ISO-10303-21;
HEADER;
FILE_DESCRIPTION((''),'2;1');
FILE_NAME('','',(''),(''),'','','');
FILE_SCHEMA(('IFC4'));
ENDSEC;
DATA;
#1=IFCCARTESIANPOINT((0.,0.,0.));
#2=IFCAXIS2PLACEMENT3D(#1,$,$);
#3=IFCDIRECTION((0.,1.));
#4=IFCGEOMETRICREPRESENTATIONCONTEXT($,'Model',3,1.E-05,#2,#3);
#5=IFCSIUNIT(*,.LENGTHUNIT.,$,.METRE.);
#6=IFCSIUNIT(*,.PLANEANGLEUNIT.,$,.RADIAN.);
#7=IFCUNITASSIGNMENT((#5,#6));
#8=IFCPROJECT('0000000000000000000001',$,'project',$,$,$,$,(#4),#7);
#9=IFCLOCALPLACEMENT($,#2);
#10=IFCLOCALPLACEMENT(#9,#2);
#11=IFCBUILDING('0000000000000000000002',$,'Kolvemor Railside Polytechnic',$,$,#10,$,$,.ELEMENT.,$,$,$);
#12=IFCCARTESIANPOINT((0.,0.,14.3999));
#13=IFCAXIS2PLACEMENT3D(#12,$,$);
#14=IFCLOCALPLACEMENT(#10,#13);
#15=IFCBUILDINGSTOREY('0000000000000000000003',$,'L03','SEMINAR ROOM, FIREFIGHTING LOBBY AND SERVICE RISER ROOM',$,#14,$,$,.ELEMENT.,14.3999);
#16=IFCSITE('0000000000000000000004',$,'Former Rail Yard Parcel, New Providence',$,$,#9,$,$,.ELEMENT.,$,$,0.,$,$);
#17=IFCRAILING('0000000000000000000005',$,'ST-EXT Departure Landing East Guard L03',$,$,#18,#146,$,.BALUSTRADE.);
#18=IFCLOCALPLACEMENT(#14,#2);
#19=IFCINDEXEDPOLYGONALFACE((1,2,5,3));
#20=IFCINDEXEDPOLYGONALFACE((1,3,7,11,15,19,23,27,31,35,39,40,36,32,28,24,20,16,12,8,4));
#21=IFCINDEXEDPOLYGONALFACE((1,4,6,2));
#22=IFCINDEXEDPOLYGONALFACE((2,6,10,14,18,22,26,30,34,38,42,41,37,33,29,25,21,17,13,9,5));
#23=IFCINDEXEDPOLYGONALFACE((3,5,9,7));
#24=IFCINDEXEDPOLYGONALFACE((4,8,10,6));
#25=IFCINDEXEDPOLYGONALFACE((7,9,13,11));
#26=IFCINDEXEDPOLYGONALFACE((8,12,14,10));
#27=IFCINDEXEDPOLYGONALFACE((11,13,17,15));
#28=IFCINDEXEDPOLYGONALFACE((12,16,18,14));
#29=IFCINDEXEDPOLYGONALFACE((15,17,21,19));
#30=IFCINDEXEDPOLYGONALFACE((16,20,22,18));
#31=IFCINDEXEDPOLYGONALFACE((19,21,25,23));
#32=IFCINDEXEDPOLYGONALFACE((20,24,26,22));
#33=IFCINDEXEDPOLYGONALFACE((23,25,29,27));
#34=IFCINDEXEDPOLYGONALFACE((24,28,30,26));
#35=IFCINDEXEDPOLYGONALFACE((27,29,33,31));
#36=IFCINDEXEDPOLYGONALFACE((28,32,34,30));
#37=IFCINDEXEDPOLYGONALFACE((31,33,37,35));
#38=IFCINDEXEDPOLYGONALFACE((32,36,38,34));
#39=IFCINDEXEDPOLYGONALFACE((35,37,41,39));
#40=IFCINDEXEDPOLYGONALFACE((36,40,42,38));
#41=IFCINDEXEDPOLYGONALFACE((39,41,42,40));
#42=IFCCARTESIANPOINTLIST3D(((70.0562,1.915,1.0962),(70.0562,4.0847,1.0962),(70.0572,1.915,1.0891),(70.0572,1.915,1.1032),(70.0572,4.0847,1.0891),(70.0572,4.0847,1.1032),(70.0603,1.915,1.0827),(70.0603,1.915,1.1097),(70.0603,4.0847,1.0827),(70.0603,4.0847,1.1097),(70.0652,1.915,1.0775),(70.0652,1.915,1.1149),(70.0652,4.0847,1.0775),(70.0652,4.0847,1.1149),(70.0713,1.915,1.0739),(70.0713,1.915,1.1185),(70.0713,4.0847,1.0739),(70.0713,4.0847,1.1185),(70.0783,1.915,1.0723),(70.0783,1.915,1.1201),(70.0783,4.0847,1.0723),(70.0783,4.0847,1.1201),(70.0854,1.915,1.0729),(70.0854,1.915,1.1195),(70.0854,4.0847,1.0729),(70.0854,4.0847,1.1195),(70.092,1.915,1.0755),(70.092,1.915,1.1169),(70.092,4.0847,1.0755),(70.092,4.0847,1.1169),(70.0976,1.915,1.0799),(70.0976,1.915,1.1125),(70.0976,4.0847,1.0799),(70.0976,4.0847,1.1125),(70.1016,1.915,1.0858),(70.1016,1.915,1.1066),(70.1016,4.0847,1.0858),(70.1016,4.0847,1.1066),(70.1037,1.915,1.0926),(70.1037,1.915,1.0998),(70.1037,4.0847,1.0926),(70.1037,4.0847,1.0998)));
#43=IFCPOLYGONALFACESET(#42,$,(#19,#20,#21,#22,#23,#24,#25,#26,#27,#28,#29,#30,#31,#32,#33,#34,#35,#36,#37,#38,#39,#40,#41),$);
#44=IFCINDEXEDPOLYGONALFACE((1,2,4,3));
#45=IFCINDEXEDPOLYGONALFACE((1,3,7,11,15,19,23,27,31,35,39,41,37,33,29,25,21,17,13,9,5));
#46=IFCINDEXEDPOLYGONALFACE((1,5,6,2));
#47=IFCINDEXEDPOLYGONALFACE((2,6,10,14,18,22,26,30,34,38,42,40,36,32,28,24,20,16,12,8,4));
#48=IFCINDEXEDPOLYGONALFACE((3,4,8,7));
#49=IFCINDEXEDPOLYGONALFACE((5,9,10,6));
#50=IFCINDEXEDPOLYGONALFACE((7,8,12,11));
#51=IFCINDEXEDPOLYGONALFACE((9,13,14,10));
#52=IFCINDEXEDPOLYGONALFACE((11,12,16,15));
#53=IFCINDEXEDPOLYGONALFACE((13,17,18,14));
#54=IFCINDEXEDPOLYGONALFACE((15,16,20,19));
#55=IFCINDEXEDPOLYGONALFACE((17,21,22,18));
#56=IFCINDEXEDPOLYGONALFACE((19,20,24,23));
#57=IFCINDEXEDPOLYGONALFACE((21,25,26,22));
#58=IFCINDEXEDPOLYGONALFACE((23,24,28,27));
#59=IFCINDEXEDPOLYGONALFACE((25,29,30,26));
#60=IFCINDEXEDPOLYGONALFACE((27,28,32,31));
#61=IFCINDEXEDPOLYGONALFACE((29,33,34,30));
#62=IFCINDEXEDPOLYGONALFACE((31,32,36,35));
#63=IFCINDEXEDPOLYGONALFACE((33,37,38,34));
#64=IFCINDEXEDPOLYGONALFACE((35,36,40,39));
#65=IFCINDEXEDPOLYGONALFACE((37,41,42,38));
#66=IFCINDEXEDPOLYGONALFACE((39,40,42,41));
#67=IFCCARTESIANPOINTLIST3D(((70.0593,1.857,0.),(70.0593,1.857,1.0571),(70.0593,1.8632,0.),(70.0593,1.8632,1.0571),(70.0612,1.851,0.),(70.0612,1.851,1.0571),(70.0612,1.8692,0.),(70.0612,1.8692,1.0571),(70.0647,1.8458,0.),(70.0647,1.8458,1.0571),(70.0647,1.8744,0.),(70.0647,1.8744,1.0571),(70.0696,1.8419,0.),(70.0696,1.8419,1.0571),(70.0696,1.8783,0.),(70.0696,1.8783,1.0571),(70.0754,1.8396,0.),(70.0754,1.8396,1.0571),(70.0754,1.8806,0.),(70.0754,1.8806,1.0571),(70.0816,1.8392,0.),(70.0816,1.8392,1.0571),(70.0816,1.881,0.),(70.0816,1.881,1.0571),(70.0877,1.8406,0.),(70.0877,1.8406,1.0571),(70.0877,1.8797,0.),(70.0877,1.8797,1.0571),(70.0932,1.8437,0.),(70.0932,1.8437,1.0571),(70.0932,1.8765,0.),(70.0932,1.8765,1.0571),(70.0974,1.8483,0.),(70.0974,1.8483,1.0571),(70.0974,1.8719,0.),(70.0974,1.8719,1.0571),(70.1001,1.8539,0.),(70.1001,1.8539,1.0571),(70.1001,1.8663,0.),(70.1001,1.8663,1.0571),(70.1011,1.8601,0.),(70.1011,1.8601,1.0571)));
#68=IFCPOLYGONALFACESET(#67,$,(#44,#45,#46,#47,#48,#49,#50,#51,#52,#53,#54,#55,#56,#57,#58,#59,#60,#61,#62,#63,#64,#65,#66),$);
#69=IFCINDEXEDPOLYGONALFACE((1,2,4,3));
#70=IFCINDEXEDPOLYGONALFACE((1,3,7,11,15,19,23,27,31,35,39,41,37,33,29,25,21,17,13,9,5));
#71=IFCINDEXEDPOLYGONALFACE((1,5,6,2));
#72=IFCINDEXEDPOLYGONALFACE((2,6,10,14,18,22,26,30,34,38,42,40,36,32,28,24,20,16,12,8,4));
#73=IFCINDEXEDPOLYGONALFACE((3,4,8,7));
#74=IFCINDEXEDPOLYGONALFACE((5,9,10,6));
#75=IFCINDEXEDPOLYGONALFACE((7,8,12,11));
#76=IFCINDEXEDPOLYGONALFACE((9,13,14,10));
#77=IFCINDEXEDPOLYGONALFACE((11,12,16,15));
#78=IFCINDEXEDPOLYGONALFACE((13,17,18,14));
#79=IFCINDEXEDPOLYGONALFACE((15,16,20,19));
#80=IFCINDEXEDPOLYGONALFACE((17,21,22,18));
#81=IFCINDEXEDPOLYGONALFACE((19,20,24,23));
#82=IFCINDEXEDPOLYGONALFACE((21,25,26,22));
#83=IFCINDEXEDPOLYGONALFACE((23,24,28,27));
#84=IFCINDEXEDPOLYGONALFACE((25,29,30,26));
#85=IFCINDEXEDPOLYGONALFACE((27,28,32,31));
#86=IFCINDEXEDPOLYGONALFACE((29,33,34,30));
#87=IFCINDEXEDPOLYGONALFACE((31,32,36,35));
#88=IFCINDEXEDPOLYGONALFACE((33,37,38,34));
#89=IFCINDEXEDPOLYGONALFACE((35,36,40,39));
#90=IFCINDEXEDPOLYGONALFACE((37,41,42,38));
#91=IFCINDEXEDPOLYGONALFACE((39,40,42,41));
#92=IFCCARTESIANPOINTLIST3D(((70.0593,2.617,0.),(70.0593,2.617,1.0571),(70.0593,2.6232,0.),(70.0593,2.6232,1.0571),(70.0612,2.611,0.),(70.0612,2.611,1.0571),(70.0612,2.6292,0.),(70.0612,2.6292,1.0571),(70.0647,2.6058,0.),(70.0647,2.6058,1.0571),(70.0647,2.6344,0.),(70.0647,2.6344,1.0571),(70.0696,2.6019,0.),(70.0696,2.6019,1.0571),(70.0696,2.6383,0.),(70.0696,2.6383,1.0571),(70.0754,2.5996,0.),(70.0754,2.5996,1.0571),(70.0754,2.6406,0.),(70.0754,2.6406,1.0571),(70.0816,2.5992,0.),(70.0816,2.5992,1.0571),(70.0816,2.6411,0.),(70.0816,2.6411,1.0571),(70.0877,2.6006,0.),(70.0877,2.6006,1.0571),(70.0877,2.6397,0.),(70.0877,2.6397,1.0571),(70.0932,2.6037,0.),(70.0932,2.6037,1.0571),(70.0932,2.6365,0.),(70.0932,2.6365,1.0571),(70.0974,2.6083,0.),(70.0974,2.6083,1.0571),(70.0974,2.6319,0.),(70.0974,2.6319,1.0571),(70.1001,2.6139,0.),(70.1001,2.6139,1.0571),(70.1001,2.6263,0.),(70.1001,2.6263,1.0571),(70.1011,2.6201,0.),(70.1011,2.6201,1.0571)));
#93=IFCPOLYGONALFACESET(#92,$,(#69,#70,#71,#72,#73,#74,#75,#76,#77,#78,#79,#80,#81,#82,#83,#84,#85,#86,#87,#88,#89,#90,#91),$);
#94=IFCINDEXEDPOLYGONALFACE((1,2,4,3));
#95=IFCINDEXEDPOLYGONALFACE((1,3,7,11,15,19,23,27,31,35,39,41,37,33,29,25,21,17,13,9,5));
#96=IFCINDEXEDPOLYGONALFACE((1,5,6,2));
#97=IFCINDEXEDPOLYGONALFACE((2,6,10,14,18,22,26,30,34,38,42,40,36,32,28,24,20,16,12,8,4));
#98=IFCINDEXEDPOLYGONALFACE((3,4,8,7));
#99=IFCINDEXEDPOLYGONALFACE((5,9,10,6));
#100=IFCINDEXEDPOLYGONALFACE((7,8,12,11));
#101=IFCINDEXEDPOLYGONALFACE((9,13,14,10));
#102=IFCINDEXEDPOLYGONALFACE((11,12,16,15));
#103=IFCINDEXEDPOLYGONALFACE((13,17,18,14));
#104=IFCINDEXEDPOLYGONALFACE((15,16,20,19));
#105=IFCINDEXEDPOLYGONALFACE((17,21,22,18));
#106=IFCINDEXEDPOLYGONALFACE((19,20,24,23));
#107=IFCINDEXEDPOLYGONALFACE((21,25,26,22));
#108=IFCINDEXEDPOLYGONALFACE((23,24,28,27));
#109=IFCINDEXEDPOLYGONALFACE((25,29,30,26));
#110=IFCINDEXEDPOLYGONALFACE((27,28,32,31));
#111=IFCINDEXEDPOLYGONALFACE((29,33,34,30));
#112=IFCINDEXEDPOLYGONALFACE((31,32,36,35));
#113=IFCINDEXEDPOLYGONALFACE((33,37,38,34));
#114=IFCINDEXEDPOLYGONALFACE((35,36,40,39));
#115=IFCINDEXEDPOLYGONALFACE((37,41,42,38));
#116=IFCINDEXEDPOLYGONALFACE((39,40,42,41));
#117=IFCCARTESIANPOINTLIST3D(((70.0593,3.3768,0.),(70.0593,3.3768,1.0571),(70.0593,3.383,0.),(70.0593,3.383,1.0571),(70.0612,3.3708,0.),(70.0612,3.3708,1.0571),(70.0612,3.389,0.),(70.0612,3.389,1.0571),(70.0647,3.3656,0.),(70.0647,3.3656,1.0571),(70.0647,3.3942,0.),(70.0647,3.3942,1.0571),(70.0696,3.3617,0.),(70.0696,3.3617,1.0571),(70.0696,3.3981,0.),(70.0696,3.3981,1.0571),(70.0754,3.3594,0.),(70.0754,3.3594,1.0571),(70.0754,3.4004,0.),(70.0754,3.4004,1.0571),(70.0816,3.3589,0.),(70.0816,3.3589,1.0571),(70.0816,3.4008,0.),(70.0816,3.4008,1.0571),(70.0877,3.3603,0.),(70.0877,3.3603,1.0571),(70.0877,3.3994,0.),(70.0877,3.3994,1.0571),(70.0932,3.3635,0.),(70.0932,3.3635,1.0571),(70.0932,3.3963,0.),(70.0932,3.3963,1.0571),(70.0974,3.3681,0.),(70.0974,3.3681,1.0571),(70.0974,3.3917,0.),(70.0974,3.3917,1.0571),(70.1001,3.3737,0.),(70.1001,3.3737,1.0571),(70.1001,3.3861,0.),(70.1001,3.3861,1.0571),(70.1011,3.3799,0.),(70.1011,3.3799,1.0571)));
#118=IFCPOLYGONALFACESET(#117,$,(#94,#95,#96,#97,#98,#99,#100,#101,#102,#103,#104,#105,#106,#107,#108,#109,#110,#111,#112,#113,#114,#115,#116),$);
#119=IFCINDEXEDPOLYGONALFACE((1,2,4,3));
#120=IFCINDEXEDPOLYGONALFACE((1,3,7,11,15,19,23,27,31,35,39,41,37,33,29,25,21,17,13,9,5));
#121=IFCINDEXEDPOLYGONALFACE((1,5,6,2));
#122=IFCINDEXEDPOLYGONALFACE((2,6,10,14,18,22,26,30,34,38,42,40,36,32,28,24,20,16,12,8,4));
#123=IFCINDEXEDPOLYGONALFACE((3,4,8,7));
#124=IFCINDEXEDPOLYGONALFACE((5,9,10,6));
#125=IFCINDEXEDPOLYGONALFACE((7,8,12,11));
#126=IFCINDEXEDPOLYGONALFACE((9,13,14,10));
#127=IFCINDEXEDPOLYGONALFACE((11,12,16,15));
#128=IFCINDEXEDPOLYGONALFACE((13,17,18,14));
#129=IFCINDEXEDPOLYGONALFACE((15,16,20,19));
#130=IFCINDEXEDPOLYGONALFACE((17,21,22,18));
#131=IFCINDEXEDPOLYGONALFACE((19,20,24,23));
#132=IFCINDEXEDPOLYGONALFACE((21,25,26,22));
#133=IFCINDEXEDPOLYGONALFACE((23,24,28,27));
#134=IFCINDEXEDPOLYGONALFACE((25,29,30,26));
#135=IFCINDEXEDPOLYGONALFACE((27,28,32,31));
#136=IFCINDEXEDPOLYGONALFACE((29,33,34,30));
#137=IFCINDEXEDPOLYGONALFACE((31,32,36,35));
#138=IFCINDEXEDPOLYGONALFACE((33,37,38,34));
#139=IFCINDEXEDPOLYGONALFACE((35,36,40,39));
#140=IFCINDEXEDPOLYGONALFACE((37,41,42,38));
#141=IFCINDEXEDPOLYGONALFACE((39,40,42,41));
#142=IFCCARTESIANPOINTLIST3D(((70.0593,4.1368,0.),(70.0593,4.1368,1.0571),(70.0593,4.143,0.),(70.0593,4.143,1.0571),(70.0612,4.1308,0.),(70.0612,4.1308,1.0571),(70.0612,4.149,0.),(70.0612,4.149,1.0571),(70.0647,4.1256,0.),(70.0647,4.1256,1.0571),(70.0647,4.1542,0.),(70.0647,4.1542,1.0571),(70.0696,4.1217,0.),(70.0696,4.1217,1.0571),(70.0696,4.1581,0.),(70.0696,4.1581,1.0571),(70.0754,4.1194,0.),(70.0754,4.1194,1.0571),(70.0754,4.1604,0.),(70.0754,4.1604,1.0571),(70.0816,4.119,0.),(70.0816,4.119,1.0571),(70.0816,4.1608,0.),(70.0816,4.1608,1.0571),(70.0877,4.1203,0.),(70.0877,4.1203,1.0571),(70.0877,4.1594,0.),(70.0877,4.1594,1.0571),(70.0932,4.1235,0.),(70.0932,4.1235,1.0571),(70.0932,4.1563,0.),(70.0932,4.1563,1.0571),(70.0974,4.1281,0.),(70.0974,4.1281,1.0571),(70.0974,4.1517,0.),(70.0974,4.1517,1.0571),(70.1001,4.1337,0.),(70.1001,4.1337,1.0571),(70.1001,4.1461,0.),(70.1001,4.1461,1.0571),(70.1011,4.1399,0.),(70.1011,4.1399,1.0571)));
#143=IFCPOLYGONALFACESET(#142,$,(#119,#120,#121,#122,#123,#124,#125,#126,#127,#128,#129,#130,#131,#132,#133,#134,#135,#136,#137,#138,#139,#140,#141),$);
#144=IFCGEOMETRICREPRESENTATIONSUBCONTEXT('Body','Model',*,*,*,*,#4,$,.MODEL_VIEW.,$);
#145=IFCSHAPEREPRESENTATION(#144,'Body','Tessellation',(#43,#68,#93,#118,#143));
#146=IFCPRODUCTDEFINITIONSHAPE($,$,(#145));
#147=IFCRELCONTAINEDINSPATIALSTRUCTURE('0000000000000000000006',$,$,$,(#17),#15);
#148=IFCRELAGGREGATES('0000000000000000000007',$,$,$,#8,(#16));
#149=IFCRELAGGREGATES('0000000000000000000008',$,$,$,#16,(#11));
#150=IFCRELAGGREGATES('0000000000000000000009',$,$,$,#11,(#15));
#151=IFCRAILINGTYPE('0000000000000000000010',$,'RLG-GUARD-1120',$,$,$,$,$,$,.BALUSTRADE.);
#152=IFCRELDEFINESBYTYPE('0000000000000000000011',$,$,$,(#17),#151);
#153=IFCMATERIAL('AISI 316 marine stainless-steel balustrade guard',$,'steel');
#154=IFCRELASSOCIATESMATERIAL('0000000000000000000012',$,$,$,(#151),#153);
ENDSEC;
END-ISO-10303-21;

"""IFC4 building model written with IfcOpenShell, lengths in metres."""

from ifc_helpers import new_model, si_unit, direction, frame, origin, origin_2d, place, context, subcontext, project, spatial, circle, extrude, material, type_object, element, save


model = new_model("IFC4")

# Units and contexts
model_context = context("Model", 3, precision=1e-05, world=origin(), true_north=direction((0.0, 1.0)))
body_context = subcontext(model_context, "Body", "Model", "MODEL_VIEW")
ifc_project = project(units=[si_unit("LENGTHUNIT", "METRE"), si_unit("PLANEANGLEUNIT", "RADIAN")], contexts=[model_context])

# Site, building, storey
site_placement = place(None, origin())
site = spatial("IfcSite", under=ifc_project, at=site_placement, Name="Former Rail Yard Parcel, New Providence", CompositionType="ELEMENT", RefElevation=0.0)
building_placement = place(site_placement, origin())
building = spatial("IfcBuilding", under=site, at=building_placement, Name="Kolvemor Railside Polytechnic", CompositionType="ELEMENT")
storey_placement = place(building_placement, frame((0.0, 0.0, 14.3999)))
storey = spatial("IfcBuildingStorey", under=building, at=storey_placement, Name="L03", Description="SEMINAR ROOM, FIREFIGHTING LOBBY AND SERVICE RISER ROOM", CompositionType="ELEMENT", Elevation=14.3999)

# Railing
ifc_material_1 = material(Name="AISI 316 marine stainless-steel balustrade guard", Category="steel")
railing_type_1 = type_object("IfcRailingType", Name="RLG-GUARD-1120", PredefinedType="BALUSTRADE", material=ifc_material_1)
railing_1_placement = place(storey_placement, frame((70.0801, 1.8601, 0.0)))
element("IfcRailing", 1, at=railing_1_placement, inside=storey, type_object=railing_type_1, Name="ST-EXT Departure Landing East Guard L03", PredefinedType="BALUSTRADE", context=body_context, shape_type="SweptSolid", body=[
    extrude(circle(Radius=0.0239, at=origin_2d()), frame((0.0, 0.0549, 1.0962), z_axis=(0.0, 1.0, 0.0), x_axis=(-1.0, 0.0, 0.0)), (0.0, 0.0, 1.0), 2.1697),
    extrude(circle(Radius=0.021, at=origin_2d()), origin(), (0.0, 0.0, 1.0), 1.0571),
    extrude(circle(Radius=0.021, at=origin_2d()), frame((0.0, 0.76, 0.0)), (0.0, 0.0, 1.0), 1.0571),
    extrude(circle(Radius=0.021, at=origin_2d()), frame((0.0, 1.5198, 0.0)), (0.0, 0.0, 1.0), 1.0571),
    extrude(circle(Radius=0.021, at=origin_2d()), frame((0.0, 2.2798, 0.0)), (0.0, 0.0, 1.0), 1.0571),
])

save(model, "model.ifc")
